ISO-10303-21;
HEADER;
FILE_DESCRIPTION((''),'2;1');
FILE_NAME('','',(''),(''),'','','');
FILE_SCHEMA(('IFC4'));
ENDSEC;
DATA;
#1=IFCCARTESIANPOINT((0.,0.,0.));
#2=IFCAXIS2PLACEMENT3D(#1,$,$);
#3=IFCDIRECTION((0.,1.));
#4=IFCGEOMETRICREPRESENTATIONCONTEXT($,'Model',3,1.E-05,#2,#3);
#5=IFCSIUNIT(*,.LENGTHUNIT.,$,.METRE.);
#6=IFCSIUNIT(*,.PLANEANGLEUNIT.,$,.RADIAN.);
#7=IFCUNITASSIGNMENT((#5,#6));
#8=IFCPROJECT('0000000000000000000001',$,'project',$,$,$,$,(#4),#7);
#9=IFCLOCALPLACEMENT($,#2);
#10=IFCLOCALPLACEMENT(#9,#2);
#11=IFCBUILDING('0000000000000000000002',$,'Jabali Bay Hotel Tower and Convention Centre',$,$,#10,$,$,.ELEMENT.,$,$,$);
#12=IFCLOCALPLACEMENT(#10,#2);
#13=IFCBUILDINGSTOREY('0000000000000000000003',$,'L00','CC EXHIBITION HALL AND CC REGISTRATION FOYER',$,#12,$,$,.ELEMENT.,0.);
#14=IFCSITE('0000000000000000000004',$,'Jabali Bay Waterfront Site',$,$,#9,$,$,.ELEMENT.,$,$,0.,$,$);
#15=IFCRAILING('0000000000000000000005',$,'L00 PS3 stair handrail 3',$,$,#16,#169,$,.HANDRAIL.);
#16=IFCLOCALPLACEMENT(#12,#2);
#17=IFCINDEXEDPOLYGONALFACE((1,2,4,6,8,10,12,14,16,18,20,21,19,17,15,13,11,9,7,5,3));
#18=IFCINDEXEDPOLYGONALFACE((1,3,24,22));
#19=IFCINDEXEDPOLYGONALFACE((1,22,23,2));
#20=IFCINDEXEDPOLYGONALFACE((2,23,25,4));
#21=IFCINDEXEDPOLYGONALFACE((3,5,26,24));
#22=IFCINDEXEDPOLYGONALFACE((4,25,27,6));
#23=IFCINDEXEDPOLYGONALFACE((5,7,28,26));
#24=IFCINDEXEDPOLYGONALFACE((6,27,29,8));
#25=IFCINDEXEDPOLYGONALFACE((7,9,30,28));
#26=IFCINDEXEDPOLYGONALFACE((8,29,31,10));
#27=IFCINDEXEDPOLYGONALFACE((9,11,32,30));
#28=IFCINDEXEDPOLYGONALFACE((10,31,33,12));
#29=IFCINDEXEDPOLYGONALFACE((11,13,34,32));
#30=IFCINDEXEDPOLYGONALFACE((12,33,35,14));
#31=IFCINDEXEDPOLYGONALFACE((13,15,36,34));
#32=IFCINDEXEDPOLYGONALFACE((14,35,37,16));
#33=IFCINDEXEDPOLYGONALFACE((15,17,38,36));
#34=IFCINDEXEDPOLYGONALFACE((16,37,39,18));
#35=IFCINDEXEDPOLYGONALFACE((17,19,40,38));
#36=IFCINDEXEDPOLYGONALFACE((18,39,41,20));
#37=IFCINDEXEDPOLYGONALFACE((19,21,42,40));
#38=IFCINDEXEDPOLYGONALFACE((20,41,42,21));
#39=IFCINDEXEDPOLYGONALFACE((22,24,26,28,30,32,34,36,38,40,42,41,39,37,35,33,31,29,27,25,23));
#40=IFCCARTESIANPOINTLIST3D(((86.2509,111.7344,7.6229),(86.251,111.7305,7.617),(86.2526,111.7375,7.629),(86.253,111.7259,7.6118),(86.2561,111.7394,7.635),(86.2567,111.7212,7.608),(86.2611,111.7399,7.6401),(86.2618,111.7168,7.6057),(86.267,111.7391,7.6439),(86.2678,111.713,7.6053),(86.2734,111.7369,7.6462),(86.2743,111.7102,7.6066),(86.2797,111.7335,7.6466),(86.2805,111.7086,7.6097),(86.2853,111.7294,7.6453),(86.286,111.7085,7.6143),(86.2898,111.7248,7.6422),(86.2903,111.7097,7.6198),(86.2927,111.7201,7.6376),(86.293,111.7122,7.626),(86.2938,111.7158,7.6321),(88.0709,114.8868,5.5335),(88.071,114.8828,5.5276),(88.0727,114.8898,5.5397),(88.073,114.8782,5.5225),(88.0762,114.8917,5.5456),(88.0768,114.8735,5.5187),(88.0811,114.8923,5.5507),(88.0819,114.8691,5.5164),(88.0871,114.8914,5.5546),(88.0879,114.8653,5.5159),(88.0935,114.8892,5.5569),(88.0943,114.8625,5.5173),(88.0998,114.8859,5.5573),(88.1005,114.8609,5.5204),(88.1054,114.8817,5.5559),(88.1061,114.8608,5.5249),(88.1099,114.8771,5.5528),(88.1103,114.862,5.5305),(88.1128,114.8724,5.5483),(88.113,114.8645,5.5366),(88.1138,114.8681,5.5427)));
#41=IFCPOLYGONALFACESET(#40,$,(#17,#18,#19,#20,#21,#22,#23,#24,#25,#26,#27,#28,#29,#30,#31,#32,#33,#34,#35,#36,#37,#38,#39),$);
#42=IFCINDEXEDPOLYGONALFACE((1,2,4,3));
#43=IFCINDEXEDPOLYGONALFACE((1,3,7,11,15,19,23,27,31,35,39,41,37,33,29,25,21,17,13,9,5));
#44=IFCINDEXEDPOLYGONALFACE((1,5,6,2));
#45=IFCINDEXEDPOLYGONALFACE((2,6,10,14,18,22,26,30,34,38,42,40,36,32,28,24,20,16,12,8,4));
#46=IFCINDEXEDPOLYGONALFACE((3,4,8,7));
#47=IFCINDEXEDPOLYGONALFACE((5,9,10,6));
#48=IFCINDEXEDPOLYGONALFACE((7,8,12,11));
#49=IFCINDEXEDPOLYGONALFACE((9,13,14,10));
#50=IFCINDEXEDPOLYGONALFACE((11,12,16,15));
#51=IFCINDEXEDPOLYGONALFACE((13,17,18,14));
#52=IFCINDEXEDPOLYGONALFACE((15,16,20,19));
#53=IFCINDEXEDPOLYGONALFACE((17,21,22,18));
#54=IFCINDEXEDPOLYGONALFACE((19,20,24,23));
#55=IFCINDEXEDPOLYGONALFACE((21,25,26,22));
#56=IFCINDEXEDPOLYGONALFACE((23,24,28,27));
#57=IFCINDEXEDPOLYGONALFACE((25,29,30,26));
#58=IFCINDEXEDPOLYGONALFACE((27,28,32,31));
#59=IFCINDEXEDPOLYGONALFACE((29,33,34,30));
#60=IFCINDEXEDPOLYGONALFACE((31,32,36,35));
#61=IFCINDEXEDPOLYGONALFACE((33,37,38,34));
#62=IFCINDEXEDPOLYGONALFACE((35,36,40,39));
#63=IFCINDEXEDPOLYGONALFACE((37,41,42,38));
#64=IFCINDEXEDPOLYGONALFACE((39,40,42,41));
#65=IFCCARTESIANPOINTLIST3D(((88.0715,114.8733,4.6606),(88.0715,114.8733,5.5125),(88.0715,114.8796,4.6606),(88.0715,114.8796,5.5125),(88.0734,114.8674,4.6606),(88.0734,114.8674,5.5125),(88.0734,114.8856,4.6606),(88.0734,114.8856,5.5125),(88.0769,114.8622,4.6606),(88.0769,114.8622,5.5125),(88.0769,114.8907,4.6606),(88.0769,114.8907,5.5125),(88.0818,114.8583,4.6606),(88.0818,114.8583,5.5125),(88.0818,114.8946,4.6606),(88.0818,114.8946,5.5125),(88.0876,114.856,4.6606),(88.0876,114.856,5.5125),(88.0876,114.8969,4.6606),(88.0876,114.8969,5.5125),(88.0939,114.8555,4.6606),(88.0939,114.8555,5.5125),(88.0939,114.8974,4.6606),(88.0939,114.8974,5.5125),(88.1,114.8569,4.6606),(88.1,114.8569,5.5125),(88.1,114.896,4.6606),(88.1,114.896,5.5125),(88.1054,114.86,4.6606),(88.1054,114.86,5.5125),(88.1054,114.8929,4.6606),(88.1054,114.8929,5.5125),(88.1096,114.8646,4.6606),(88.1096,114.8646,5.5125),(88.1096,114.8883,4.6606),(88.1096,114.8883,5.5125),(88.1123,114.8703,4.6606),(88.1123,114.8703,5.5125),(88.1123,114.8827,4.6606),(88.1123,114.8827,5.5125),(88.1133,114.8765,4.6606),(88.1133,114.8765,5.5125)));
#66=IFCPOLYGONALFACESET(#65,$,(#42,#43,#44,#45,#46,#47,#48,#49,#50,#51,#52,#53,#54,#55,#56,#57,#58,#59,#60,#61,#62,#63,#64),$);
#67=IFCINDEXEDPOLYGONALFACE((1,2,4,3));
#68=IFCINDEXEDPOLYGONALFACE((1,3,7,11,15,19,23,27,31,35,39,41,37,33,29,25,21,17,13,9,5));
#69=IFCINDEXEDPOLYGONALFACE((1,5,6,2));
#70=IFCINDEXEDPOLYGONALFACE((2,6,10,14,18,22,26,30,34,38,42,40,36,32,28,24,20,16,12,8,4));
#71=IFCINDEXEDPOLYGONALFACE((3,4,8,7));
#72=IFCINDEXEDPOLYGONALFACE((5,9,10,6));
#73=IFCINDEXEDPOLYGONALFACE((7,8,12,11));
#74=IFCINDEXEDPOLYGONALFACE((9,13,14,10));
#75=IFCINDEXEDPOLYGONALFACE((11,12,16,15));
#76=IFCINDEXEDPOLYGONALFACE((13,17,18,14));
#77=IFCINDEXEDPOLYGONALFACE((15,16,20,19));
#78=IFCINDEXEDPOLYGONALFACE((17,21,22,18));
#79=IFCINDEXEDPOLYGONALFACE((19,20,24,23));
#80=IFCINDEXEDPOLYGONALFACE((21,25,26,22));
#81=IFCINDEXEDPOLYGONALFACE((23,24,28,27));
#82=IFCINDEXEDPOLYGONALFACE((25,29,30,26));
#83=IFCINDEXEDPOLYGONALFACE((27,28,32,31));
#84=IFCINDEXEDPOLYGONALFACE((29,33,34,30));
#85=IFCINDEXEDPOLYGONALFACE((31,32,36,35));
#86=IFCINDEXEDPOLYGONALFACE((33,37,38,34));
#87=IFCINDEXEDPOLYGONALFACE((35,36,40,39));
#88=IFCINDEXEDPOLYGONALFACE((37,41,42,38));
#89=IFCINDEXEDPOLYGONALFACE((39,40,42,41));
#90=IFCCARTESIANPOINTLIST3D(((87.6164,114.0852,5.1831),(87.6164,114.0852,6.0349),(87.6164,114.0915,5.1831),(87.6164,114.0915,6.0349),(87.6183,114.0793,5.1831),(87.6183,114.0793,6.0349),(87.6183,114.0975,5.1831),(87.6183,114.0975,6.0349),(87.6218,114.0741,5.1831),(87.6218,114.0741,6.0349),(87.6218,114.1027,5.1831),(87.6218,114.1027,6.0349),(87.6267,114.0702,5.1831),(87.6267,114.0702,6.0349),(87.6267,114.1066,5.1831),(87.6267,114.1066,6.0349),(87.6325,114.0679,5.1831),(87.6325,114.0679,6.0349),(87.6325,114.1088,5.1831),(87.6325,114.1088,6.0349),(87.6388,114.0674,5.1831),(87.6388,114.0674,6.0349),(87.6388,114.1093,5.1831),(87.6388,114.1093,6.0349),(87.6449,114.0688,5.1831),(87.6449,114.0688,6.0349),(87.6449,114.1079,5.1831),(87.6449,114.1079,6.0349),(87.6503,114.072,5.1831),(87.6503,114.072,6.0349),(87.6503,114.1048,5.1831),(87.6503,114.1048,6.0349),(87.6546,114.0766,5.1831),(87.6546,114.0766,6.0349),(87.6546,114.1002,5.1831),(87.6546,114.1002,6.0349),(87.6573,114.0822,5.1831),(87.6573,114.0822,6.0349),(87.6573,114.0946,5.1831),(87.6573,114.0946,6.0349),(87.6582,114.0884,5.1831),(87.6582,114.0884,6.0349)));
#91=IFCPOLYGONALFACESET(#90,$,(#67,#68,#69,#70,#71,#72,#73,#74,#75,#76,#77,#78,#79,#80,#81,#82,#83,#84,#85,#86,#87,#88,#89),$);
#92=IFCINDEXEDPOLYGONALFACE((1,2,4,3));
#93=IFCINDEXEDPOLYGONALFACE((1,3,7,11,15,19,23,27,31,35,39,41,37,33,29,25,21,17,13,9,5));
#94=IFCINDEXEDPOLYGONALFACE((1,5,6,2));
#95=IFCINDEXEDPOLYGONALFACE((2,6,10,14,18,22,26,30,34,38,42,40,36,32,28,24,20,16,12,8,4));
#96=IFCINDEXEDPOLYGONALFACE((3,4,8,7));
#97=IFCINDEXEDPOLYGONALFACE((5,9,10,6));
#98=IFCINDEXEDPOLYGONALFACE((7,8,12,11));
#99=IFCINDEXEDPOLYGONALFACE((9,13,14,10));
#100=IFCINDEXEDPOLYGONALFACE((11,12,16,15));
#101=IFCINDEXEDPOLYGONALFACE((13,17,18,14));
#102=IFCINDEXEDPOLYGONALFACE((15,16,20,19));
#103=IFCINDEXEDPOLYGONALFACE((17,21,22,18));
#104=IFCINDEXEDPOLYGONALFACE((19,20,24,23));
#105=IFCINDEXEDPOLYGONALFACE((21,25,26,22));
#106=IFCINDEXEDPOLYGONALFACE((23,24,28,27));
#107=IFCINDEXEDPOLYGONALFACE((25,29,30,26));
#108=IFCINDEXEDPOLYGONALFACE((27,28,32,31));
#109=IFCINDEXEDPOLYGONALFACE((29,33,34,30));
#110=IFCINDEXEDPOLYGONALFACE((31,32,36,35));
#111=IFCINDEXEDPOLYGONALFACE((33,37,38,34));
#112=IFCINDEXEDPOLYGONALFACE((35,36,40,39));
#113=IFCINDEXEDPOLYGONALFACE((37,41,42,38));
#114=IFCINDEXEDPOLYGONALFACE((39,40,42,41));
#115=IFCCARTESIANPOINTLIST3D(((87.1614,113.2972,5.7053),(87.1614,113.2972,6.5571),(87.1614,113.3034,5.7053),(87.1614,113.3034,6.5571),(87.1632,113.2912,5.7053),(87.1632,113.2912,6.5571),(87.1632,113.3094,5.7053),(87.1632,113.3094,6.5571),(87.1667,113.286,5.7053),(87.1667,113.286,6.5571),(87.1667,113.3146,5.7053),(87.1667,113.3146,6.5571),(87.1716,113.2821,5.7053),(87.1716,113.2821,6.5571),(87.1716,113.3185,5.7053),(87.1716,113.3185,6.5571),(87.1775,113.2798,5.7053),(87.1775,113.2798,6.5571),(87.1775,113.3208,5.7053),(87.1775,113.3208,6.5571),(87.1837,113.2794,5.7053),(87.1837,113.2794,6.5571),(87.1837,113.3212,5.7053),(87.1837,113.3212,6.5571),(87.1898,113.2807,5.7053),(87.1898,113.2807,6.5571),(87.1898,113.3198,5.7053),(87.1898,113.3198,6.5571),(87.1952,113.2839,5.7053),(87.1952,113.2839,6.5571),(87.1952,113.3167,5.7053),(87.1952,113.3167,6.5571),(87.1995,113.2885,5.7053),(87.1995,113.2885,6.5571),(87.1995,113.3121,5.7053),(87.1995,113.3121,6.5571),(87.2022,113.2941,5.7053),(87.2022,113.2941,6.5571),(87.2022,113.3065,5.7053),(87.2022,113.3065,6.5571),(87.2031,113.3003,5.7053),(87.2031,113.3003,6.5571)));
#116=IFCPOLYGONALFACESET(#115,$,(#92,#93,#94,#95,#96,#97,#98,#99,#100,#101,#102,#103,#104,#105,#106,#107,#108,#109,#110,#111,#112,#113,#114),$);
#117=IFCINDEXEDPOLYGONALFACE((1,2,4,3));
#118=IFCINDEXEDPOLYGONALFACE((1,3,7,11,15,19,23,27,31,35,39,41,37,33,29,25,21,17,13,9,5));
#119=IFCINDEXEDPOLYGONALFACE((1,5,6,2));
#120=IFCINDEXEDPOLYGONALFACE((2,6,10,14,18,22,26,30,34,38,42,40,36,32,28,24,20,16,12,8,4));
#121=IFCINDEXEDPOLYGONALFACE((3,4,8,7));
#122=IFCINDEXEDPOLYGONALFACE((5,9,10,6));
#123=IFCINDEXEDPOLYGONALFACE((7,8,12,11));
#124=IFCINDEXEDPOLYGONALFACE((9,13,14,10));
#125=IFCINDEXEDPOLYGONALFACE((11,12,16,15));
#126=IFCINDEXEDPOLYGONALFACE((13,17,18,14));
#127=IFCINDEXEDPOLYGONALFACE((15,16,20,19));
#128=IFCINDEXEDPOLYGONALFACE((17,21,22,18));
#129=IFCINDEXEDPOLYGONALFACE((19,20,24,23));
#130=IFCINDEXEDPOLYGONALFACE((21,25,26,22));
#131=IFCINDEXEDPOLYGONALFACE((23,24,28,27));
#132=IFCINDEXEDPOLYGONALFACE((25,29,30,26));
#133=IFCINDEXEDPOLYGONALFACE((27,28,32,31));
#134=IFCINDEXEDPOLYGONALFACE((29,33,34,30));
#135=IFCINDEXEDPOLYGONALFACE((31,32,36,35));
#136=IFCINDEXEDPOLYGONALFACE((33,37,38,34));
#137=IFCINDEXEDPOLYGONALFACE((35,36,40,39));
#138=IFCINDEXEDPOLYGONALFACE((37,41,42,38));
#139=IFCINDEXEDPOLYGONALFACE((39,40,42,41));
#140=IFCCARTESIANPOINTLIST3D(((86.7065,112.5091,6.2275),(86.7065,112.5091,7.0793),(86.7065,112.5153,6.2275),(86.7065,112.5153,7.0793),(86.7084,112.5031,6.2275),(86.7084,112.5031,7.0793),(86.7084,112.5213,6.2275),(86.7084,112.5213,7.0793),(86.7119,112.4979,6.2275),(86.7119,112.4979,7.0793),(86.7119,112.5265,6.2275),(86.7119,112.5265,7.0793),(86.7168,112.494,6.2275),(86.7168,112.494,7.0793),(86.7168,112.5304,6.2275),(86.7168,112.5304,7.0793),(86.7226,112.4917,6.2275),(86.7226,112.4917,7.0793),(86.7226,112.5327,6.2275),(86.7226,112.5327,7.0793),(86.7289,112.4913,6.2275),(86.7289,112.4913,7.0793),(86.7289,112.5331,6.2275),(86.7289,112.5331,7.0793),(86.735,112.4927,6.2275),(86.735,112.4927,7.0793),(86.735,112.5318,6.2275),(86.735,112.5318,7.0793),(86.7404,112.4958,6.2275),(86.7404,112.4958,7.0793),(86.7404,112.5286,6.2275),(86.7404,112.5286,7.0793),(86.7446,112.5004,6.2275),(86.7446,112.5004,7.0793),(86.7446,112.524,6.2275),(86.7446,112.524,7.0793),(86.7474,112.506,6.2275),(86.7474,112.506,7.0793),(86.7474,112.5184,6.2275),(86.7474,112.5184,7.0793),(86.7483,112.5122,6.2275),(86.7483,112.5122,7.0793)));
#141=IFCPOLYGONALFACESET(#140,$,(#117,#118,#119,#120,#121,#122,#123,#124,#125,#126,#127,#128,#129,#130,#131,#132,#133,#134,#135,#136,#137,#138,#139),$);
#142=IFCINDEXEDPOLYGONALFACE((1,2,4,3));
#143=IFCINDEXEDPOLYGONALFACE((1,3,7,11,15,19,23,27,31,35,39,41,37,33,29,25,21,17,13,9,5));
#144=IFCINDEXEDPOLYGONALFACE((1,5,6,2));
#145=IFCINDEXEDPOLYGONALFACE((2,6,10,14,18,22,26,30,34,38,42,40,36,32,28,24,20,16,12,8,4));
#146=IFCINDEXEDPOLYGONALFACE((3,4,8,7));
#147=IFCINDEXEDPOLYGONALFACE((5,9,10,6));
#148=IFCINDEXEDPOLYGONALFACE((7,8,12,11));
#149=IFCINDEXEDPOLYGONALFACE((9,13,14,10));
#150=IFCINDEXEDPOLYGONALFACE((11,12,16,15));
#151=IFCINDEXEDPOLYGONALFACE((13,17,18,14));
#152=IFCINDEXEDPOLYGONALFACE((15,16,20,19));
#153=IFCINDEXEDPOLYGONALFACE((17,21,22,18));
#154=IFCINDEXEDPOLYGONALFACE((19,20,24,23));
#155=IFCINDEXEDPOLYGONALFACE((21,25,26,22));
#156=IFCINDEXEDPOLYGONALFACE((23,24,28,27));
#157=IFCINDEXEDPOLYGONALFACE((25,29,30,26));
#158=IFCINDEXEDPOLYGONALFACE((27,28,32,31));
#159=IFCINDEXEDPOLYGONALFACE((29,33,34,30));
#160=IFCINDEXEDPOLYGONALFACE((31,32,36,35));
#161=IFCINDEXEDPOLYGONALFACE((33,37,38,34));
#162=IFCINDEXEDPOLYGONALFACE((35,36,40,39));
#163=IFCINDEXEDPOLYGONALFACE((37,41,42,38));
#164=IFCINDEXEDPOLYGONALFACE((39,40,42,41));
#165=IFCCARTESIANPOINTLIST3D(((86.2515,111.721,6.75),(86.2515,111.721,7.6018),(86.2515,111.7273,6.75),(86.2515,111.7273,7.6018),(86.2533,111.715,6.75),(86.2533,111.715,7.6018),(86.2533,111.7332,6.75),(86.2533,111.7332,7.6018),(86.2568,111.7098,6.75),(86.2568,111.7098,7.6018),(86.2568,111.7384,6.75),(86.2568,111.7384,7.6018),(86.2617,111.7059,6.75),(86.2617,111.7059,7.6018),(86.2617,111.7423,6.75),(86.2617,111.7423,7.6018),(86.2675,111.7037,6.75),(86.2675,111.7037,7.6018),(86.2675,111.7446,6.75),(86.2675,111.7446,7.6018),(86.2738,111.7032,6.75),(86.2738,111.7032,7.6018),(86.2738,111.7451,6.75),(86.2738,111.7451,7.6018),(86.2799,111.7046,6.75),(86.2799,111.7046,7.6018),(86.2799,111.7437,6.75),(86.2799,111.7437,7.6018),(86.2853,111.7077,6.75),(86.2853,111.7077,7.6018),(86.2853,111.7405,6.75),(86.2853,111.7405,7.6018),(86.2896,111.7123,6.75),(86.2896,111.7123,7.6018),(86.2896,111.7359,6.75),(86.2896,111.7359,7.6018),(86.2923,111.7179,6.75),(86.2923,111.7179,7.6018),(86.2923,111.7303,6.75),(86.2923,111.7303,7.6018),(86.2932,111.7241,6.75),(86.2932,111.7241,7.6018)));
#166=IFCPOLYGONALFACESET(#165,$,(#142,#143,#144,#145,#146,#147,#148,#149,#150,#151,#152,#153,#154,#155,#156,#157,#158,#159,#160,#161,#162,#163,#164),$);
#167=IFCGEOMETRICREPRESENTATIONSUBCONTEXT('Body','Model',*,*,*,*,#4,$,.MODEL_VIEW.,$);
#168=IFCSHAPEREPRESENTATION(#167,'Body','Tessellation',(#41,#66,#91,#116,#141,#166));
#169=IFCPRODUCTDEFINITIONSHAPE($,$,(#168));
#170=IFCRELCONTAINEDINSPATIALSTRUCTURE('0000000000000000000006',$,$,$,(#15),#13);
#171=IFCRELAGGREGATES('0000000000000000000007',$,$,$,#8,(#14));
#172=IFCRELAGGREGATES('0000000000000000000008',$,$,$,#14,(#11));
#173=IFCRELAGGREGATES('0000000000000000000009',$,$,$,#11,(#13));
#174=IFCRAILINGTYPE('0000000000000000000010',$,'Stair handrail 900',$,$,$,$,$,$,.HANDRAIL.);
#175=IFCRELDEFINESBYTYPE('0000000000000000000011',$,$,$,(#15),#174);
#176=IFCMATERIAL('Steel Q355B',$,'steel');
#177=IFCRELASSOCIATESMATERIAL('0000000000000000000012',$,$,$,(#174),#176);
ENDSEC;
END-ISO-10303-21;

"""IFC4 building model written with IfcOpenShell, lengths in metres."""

from ifc_helpers import new_model, si_unit, direction, frame, origin, origin_2d, place, context, subcontext, project, spatial, circle, extrude, material, type_object, element, save


model = new_model("IFC4")

# Units and contexts
model_context = context("Model", 3, precision=1e-05, world=origin(), true_north=direction((0.0, 1.0)))
body_context = subcontext(model_context, "Body", "Model", "MODEL_VIEW")
ifc_project = project(units=[si_unit("LENGTHUNIT", "METRE"), si_unit("PLANEANGLEUNIT", "RADIAN")], contexts=[model_context])

# Site, building, storey
site_placement = place(None, origin())
site = spatial("IfcSite", under=ifc_project, at=site_placement, Name="Jabali Bay Waterfront Site", CompositionType="ELEMENT", RefElevation=0.0)
building_placement = place(site_placement, origin())
building = spatial("IfcBuilding", under=site, at=building_placement, Name="Jabali Bay Hotel Tower and Convention Centre", CompositionType="ELEMENT")
storey_placement = place(building_placement, origin())
storey = spatial("IfcBuildingStorey", under=building, at=storey_placement, Name="L00", Description="CC EXHIBITION HALL AND CC REGISTRATION FOYER", CompositionType="ELEMENT", Elevation=0.0)

# Railing
ifc_material_1 = material(Name="Steel Q355B", Category="steel")
railing_type_1 = type_object("IfcRailingType", Name="Stair handrail 900", PredefinedType="HANDRAIL", material=ifc_material_1)
for number, where, name in (
    (1, (88.0923, 114.8765, 4.6606), "L00 PS3 stair handrail 3"),
):
    element("IfcRailing", number, at=place(storey_placement, frame(where)), inside=storey, type_object=railing_type_1, Name=name, PredefinedType="HANDRAIL", context=body_context, shape_type="SweptSolid", body=[
        extrude(circle(Radius=0.0239, at=origin_2d()), frame((0.0, 0.0, 0.876), z_axis=(-0.433653, -0.751084, 0.497814), x_axis=(0.866018, -0.500013, 0.0)), (0.0, 0.0, 1.0), 4.197),
        extrude(circle(Radius=0.021, at=origin_2d()), origin(), (0.0, 0.0, 1.0), 0.8518),
        extrude(circle(Radius=0.021, at=origin_2d()), frame((-0.4551, -0.7881, 0.5225)), (0.0, 0.0, 1.0), 0.8518),
        extrude(circle(Radius=0.021, at=origin_2d()), frame((-0.9102, -1.5762, 1.0447)), (0.0, 0.0, 1.0), 0.8518),
        extrude(circle(Radius=0.021, at=origin_2d()), frame((-1.365, -2.3643, 1.5669)), (0.0, 0.0, 1.0), 0.8518),
        extrude(circle(Radius=0.021, at=origin_2d()), frame((-1.8201, -3.1523, 2.0894)), (0.0, 0.0, 1.0), 0.8518),
    ])

save(model, "model.ifc")
